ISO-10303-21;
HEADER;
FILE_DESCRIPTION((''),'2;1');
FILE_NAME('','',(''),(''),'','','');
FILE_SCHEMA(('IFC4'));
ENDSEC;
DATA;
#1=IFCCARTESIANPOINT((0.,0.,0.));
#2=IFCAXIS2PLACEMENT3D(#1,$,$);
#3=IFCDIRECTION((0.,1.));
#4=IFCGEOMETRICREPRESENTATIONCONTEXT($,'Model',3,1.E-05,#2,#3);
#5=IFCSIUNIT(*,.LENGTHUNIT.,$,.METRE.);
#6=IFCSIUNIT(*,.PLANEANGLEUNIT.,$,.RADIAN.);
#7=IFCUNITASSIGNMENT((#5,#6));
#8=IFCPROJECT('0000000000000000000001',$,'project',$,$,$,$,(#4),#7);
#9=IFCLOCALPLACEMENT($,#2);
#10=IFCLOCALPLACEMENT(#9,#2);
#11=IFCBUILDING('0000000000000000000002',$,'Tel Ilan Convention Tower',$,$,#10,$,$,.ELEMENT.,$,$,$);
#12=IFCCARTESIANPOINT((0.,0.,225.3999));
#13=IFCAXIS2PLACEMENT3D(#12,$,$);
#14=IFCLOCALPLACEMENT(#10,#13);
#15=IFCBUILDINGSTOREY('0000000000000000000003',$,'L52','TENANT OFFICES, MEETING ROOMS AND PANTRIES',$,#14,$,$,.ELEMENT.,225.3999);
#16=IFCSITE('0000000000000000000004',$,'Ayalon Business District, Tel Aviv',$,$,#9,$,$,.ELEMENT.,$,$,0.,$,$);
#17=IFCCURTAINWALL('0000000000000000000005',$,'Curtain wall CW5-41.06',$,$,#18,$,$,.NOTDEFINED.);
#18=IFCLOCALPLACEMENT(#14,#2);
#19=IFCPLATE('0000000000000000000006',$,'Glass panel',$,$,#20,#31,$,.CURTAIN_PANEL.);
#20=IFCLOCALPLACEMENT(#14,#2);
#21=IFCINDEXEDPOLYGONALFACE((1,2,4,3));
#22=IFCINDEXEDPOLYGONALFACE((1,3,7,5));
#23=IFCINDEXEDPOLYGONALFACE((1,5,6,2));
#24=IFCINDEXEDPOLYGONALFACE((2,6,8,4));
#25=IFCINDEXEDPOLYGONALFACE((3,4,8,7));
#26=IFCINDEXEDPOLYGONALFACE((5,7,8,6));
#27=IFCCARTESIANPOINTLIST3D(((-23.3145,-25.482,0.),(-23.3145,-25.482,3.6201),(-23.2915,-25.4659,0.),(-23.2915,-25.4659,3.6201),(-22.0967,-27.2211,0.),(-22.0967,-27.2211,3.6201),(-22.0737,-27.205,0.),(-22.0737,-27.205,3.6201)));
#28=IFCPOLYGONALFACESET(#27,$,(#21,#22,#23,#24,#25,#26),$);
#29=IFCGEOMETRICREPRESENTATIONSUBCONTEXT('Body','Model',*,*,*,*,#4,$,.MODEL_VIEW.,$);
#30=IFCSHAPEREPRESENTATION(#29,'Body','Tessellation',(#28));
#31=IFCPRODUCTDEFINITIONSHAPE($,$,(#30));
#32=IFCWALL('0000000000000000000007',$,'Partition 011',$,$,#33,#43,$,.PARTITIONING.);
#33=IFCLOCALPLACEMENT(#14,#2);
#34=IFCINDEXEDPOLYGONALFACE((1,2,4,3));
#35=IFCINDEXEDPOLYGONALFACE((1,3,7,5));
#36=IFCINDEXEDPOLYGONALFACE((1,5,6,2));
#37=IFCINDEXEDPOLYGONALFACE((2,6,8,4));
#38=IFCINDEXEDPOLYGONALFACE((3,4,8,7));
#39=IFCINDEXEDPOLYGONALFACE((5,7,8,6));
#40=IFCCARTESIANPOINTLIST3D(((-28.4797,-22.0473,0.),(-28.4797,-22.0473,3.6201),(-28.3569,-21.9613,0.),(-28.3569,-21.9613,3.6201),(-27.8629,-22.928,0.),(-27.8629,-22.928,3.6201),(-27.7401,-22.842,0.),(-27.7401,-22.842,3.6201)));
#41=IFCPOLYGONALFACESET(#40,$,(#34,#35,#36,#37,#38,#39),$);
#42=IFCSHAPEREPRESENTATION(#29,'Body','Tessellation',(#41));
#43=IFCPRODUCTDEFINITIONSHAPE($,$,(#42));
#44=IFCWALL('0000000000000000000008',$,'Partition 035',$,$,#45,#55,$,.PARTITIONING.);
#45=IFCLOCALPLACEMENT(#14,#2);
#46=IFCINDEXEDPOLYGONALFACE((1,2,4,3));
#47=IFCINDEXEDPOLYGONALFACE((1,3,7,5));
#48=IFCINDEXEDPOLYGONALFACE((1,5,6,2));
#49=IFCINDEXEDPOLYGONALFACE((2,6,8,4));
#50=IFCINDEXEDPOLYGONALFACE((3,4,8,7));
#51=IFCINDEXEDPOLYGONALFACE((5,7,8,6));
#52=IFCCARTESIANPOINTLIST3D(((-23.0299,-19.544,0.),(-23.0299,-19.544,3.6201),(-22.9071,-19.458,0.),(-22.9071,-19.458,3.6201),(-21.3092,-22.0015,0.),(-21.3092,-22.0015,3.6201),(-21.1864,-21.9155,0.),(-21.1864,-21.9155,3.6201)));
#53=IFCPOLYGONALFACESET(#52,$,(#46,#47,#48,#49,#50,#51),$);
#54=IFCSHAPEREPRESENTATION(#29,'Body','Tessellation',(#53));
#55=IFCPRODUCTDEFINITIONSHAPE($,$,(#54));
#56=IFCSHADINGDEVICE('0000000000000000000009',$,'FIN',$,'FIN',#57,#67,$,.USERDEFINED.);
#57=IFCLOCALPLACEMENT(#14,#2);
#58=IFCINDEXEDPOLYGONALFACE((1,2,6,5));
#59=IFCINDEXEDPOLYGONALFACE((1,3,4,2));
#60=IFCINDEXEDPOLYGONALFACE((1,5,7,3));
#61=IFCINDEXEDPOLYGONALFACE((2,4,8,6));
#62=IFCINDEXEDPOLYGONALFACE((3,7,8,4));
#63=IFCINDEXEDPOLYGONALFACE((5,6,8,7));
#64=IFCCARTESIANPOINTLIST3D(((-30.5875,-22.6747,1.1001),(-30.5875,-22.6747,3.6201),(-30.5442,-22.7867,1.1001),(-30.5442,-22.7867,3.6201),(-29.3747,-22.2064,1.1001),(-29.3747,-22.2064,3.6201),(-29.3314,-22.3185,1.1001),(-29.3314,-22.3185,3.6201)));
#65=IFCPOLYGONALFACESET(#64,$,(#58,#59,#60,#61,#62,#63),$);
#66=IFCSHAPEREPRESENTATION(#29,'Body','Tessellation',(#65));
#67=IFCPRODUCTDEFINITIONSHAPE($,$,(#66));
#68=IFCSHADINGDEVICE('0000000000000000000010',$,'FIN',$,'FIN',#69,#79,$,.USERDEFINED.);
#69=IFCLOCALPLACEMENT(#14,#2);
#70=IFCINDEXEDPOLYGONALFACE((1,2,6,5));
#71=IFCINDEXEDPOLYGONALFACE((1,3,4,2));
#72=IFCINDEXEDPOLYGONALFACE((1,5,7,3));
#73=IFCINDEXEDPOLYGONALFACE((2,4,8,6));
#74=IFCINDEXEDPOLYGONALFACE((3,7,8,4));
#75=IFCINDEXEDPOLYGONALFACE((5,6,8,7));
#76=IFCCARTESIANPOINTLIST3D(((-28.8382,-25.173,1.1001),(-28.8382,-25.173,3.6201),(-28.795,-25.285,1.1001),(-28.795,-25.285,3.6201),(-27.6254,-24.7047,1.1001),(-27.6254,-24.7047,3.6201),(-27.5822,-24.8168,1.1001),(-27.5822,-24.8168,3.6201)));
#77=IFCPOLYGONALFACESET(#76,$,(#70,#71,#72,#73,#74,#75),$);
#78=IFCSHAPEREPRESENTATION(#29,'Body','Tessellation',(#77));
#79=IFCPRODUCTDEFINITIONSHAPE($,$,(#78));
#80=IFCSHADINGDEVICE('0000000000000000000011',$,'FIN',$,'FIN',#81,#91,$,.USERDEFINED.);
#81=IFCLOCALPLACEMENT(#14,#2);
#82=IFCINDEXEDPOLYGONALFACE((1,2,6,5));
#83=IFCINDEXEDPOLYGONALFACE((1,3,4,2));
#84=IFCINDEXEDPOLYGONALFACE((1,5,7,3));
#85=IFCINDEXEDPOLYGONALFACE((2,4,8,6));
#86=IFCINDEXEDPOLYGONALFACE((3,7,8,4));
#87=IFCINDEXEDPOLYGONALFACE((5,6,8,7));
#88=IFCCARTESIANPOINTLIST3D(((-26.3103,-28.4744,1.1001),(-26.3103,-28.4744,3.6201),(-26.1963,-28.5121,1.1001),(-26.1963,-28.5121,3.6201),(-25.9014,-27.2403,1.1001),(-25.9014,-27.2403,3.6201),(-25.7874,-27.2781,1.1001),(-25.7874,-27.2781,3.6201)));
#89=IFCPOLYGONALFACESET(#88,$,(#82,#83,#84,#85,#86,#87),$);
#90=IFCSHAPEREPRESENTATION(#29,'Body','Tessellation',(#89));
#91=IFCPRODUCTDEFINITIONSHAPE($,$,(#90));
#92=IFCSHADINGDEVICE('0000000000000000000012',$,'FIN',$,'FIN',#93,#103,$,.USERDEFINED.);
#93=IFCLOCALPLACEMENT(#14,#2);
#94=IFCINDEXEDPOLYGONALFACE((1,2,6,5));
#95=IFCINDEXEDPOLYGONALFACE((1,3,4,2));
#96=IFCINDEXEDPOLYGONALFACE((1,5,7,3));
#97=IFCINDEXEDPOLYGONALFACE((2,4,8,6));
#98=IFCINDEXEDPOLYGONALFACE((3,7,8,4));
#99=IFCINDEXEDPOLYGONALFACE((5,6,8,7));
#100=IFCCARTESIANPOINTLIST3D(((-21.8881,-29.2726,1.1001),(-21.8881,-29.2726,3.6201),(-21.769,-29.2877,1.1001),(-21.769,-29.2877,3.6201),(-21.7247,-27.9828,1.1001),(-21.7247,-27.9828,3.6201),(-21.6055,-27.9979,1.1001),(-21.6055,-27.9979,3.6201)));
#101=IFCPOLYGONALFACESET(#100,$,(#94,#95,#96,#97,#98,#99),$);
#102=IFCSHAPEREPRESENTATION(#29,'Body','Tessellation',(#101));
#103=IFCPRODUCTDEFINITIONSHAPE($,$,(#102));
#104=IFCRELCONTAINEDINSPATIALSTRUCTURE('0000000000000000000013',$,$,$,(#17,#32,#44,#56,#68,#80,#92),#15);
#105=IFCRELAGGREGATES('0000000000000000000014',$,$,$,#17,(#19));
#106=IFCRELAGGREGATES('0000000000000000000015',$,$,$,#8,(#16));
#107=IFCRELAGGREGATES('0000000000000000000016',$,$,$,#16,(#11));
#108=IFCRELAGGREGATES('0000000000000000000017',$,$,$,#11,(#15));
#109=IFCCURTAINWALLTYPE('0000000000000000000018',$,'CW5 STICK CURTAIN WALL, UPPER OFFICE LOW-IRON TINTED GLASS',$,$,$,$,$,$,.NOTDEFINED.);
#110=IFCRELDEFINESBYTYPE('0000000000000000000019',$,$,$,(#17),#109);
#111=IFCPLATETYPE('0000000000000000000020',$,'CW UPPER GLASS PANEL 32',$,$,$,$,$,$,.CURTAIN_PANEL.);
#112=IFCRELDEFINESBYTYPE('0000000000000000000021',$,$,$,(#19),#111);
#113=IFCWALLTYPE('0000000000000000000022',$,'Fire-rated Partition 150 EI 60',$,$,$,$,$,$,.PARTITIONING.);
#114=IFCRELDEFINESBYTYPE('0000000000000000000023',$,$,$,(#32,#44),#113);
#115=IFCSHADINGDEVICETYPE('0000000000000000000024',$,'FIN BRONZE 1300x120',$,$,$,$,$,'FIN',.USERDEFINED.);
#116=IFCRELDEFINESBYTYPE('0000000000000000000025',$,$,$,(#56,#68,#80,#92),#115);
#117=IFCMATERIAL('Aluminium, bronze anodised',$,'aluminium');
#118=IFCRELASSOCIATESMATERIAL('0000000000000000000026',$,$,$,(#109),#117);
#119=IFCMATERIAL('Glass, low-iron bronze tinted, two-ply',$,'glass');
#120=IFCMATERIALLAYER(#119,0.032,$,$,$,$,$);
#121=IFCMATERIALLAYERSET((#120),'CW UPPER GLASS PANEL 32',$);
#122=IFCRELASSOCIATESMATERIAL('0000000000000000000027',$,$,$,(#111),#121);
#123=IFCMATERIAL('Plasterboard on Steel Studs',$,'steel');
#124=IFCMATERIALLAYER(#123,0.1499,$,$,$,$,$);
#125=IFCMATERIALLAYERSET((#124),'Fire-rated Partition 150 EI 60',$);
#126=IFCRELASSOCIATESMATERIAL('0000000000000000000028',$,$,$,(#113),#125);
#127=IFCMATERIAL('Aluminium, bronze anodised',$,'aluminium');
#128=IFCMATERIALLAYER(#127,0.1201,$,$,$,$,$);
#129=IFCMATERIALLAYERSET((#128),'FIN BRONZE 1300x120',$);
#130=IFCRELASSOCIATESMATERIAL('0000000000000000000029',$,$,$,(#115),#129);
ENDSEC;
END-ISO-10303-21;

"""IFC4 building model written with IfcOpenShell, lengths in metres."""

from ifc_helpers import new_model, si_unit, direction, frame, frame_2d, origin, origin_2d, place, context, subcontext, project, spatial, rectangle, extrude, material, layer, layer_set, type_object, element, aggregate, save


model = new_model("IFC4")

# Units and contexts
model_context = context("Model", 3, precision=1e-05, world=origin(), true_north=direction((0.0, 1.0)))
body_context = subcontext(model_context, "Body", "Model", "MODEL_VIEW")
ifc_project = project(units=[si_unit("LENGTHUNIT", "METRE"), si_unit("PLANEANGLEUNIT", "RADIAN")], contexts=[model_context])

# Site, building, storey
site_placement = place(None, origin())
site = spatial("IfcSite", under=ifc_project, at=site_placement, Name="Ayalon Business District, Tel Aviv", CompositionType="ELEMENT", RefElevation=0.0)
building_placement = place(site_placement, origin())
building = spatial("IfcBuilding", under=site, at=building_placement, Name="Tel Ilan Convention Tower", CompositionType="ELEMENT")
storey_placement = place(building_placement, frame((0.0, 0.0, 225.3999)))
storey = spatial("IfcBuildingStorey", under=building, at=storey_placement, Name="L52", Description="TENANT OFFICES, MEETING ROOMS AND PANTRIES", CompositionType="ELEMENT", Elevation=225.3999)

# Curtain wall
ifc_material_1 = material(Name="Aluminium, bronze anodised", Category="aluminium")
curtain_wall_type = type_object("IfcCurtainWallType", Name="CW5 STICK CURTAIN WALL, UPPER OFFICE LOW-IRON TINTED GLASS", PredefinedType="NOTDEFINED", material=ifc_material_1)
curtain_wall_1_placement = place(storey_placement, origin())
curtain_wall_1 = element("IfcCurtainWall", 1, at=curtain_wall_1_placement, inside=storey, type_object=curtain_wall_type, Name="Curtain wall CW5-41.06", PredefinedType="NOTDEFINED")

# Plate
ifc_material_2 = material(Name="Glass, low-iron bronze tinted, two-ply", Category="glass")
ifc_layer_1 = layer(ifc_material_2, 0.032)
ifc_layer_set_1 = layer_set([ifc_layer_1], Name="CW UPPER GLASS PANEL 32")
plate_type = type_object("IfcPlateType", Name="CW UPPER GLASS PANEL 32", PredefinedType="CURTAIN_PANEL", material=ifc_layer_set_1)
plate_1_placement = place(storey_placement, frame((-22.6941, -26.3435, 0.0), z_axis=(0.0, 0.0, 1.0), x_axis=(0.573576, -0.819152, 0.0)))
plate_1 = element("IfcPlate", 2, at=plate_1_placement, type_object=plate_type, Name="Glass panel", PredefinedType="CURTAIN_PANEL", context=body_context, shape_type="SweptSolid", body=[
    extrude(rectangle(XDim=2.123, YDim=0.0281, at=origin_2d()), origin(), (0.0, 0.0, 1.0), 3.6201),
])
aggregate(curtain_wall_1, [plate_1])

# Walls
ifc_material_3 = material(Name="Plasterboard on Steel Studs", Category="steel")
ifc_layer_2 = layer(ifc_material_3, 0.1499)
ifc_layer_set_2 = layer_set([ifc_layer_2], Name="Fire-rated Partition 150 EI 60")
wall_type_1 = type_object("IfcWallType", Name="Fire-rated Partition 150 EI 60", PredefinedType="PARTITIONING", material=ifc_layer_set_2)
wall_1_placement = place(storey_placement, frame((-27.8015, -22.885, 0.0), z_axis=(0.0, 0.0, 1.0), x_axis=(-0.57363, 0.819115, 0.0)))
element("IfcWall", 3, at=wall_1_placement, inside=storey, type_object=wall_type_1, Name="Partition 011", PredefinedType="PARTITIONING", context=body_context, shape_type="SweptSolid", body=[
    extrude(rectangle(XDim=1.0752, YDim=0.1499, at=frame_2d((0.5376, 0.0))), origin(), (0.0, 0.0, 1.0), 3.6201),
])
wall_2_placement = place(storey_placement, frame((-21.2478, -21.9585, 0.0), z_axis=(0.0, 0.0, 1.0), x_axis=(-0.573561, 0.819163, 0.0)))
element("IfcWall", 4, at=wall_2_placement, inside=storey, type_object=wall_type_1, Name="Partition 035", PredefinedType="PARTITIONING", context=body_context, shape_type="SweptSolid", body=[
    extrude(rectangle(XDim=3.0, YDim=0.1499, at=frame_2d((1.5, 0.0))), origin(), (0.0, 0.0, 1.0), 3.6201),
])

# Shading devices
ifc_material_4 = material(Name="Aluminium, bronze anodised", Category="aluminium")
ifc_layer_3 = layer(ifc_material_4, 0.1201)
ifc_layer_set_3 = layer_set([ifc_layer_3], Name="FIN BRONZE 1300x120")
shading_device_type = type_object("IfcShadingDeviceType", Name="FIN BRONZE 1300x120", ElementType="FIN", PredefinedType="USERDEFINED", material=ifc_layer_set_3)
for number, where, z_axis, x_axis, name in (
    (5, (-29.9595, -22.4966, 1.1001), (0.0, 0.0, 1.0), (-0.932884, -0.360178, 0.0), "FIN"),
    (6, (-28.2102, -24.9949, 1.1001), (0.0, 0.0, 1.0), (-0.932884, -0.360178, 0.0), "FIN"),
    (7, (-26.0488, -27.8762, 1.1001), (0.0, 0.0, 1.0), (-0.314545, -0.949243, 0.0), "FIN"),
    (8, (-21.7468, -28.6353, 1.1001), (0.0, 0.0, 1.0), (-0.125718, -0.992066, 0.0), "FIN"),
):
    element("IfcShadingDevice", number, at=place(storey_placement, frame(where, z_axis=z_axis, x_axis=x_axis)), inside=storey, type_object=shading_device_type, Name=name, ObjectType="FIN", PredefinedType="USERDEFINED", context=body_context, shape_type="SweptSolid", body=[
        extrude(rectangle(XDim=1.3, YDim=0.1201, at=origin_2d()), origin(), (0.0, 0.0, 1.0), 2.52),
    ])

save(model, "model.ifc")
